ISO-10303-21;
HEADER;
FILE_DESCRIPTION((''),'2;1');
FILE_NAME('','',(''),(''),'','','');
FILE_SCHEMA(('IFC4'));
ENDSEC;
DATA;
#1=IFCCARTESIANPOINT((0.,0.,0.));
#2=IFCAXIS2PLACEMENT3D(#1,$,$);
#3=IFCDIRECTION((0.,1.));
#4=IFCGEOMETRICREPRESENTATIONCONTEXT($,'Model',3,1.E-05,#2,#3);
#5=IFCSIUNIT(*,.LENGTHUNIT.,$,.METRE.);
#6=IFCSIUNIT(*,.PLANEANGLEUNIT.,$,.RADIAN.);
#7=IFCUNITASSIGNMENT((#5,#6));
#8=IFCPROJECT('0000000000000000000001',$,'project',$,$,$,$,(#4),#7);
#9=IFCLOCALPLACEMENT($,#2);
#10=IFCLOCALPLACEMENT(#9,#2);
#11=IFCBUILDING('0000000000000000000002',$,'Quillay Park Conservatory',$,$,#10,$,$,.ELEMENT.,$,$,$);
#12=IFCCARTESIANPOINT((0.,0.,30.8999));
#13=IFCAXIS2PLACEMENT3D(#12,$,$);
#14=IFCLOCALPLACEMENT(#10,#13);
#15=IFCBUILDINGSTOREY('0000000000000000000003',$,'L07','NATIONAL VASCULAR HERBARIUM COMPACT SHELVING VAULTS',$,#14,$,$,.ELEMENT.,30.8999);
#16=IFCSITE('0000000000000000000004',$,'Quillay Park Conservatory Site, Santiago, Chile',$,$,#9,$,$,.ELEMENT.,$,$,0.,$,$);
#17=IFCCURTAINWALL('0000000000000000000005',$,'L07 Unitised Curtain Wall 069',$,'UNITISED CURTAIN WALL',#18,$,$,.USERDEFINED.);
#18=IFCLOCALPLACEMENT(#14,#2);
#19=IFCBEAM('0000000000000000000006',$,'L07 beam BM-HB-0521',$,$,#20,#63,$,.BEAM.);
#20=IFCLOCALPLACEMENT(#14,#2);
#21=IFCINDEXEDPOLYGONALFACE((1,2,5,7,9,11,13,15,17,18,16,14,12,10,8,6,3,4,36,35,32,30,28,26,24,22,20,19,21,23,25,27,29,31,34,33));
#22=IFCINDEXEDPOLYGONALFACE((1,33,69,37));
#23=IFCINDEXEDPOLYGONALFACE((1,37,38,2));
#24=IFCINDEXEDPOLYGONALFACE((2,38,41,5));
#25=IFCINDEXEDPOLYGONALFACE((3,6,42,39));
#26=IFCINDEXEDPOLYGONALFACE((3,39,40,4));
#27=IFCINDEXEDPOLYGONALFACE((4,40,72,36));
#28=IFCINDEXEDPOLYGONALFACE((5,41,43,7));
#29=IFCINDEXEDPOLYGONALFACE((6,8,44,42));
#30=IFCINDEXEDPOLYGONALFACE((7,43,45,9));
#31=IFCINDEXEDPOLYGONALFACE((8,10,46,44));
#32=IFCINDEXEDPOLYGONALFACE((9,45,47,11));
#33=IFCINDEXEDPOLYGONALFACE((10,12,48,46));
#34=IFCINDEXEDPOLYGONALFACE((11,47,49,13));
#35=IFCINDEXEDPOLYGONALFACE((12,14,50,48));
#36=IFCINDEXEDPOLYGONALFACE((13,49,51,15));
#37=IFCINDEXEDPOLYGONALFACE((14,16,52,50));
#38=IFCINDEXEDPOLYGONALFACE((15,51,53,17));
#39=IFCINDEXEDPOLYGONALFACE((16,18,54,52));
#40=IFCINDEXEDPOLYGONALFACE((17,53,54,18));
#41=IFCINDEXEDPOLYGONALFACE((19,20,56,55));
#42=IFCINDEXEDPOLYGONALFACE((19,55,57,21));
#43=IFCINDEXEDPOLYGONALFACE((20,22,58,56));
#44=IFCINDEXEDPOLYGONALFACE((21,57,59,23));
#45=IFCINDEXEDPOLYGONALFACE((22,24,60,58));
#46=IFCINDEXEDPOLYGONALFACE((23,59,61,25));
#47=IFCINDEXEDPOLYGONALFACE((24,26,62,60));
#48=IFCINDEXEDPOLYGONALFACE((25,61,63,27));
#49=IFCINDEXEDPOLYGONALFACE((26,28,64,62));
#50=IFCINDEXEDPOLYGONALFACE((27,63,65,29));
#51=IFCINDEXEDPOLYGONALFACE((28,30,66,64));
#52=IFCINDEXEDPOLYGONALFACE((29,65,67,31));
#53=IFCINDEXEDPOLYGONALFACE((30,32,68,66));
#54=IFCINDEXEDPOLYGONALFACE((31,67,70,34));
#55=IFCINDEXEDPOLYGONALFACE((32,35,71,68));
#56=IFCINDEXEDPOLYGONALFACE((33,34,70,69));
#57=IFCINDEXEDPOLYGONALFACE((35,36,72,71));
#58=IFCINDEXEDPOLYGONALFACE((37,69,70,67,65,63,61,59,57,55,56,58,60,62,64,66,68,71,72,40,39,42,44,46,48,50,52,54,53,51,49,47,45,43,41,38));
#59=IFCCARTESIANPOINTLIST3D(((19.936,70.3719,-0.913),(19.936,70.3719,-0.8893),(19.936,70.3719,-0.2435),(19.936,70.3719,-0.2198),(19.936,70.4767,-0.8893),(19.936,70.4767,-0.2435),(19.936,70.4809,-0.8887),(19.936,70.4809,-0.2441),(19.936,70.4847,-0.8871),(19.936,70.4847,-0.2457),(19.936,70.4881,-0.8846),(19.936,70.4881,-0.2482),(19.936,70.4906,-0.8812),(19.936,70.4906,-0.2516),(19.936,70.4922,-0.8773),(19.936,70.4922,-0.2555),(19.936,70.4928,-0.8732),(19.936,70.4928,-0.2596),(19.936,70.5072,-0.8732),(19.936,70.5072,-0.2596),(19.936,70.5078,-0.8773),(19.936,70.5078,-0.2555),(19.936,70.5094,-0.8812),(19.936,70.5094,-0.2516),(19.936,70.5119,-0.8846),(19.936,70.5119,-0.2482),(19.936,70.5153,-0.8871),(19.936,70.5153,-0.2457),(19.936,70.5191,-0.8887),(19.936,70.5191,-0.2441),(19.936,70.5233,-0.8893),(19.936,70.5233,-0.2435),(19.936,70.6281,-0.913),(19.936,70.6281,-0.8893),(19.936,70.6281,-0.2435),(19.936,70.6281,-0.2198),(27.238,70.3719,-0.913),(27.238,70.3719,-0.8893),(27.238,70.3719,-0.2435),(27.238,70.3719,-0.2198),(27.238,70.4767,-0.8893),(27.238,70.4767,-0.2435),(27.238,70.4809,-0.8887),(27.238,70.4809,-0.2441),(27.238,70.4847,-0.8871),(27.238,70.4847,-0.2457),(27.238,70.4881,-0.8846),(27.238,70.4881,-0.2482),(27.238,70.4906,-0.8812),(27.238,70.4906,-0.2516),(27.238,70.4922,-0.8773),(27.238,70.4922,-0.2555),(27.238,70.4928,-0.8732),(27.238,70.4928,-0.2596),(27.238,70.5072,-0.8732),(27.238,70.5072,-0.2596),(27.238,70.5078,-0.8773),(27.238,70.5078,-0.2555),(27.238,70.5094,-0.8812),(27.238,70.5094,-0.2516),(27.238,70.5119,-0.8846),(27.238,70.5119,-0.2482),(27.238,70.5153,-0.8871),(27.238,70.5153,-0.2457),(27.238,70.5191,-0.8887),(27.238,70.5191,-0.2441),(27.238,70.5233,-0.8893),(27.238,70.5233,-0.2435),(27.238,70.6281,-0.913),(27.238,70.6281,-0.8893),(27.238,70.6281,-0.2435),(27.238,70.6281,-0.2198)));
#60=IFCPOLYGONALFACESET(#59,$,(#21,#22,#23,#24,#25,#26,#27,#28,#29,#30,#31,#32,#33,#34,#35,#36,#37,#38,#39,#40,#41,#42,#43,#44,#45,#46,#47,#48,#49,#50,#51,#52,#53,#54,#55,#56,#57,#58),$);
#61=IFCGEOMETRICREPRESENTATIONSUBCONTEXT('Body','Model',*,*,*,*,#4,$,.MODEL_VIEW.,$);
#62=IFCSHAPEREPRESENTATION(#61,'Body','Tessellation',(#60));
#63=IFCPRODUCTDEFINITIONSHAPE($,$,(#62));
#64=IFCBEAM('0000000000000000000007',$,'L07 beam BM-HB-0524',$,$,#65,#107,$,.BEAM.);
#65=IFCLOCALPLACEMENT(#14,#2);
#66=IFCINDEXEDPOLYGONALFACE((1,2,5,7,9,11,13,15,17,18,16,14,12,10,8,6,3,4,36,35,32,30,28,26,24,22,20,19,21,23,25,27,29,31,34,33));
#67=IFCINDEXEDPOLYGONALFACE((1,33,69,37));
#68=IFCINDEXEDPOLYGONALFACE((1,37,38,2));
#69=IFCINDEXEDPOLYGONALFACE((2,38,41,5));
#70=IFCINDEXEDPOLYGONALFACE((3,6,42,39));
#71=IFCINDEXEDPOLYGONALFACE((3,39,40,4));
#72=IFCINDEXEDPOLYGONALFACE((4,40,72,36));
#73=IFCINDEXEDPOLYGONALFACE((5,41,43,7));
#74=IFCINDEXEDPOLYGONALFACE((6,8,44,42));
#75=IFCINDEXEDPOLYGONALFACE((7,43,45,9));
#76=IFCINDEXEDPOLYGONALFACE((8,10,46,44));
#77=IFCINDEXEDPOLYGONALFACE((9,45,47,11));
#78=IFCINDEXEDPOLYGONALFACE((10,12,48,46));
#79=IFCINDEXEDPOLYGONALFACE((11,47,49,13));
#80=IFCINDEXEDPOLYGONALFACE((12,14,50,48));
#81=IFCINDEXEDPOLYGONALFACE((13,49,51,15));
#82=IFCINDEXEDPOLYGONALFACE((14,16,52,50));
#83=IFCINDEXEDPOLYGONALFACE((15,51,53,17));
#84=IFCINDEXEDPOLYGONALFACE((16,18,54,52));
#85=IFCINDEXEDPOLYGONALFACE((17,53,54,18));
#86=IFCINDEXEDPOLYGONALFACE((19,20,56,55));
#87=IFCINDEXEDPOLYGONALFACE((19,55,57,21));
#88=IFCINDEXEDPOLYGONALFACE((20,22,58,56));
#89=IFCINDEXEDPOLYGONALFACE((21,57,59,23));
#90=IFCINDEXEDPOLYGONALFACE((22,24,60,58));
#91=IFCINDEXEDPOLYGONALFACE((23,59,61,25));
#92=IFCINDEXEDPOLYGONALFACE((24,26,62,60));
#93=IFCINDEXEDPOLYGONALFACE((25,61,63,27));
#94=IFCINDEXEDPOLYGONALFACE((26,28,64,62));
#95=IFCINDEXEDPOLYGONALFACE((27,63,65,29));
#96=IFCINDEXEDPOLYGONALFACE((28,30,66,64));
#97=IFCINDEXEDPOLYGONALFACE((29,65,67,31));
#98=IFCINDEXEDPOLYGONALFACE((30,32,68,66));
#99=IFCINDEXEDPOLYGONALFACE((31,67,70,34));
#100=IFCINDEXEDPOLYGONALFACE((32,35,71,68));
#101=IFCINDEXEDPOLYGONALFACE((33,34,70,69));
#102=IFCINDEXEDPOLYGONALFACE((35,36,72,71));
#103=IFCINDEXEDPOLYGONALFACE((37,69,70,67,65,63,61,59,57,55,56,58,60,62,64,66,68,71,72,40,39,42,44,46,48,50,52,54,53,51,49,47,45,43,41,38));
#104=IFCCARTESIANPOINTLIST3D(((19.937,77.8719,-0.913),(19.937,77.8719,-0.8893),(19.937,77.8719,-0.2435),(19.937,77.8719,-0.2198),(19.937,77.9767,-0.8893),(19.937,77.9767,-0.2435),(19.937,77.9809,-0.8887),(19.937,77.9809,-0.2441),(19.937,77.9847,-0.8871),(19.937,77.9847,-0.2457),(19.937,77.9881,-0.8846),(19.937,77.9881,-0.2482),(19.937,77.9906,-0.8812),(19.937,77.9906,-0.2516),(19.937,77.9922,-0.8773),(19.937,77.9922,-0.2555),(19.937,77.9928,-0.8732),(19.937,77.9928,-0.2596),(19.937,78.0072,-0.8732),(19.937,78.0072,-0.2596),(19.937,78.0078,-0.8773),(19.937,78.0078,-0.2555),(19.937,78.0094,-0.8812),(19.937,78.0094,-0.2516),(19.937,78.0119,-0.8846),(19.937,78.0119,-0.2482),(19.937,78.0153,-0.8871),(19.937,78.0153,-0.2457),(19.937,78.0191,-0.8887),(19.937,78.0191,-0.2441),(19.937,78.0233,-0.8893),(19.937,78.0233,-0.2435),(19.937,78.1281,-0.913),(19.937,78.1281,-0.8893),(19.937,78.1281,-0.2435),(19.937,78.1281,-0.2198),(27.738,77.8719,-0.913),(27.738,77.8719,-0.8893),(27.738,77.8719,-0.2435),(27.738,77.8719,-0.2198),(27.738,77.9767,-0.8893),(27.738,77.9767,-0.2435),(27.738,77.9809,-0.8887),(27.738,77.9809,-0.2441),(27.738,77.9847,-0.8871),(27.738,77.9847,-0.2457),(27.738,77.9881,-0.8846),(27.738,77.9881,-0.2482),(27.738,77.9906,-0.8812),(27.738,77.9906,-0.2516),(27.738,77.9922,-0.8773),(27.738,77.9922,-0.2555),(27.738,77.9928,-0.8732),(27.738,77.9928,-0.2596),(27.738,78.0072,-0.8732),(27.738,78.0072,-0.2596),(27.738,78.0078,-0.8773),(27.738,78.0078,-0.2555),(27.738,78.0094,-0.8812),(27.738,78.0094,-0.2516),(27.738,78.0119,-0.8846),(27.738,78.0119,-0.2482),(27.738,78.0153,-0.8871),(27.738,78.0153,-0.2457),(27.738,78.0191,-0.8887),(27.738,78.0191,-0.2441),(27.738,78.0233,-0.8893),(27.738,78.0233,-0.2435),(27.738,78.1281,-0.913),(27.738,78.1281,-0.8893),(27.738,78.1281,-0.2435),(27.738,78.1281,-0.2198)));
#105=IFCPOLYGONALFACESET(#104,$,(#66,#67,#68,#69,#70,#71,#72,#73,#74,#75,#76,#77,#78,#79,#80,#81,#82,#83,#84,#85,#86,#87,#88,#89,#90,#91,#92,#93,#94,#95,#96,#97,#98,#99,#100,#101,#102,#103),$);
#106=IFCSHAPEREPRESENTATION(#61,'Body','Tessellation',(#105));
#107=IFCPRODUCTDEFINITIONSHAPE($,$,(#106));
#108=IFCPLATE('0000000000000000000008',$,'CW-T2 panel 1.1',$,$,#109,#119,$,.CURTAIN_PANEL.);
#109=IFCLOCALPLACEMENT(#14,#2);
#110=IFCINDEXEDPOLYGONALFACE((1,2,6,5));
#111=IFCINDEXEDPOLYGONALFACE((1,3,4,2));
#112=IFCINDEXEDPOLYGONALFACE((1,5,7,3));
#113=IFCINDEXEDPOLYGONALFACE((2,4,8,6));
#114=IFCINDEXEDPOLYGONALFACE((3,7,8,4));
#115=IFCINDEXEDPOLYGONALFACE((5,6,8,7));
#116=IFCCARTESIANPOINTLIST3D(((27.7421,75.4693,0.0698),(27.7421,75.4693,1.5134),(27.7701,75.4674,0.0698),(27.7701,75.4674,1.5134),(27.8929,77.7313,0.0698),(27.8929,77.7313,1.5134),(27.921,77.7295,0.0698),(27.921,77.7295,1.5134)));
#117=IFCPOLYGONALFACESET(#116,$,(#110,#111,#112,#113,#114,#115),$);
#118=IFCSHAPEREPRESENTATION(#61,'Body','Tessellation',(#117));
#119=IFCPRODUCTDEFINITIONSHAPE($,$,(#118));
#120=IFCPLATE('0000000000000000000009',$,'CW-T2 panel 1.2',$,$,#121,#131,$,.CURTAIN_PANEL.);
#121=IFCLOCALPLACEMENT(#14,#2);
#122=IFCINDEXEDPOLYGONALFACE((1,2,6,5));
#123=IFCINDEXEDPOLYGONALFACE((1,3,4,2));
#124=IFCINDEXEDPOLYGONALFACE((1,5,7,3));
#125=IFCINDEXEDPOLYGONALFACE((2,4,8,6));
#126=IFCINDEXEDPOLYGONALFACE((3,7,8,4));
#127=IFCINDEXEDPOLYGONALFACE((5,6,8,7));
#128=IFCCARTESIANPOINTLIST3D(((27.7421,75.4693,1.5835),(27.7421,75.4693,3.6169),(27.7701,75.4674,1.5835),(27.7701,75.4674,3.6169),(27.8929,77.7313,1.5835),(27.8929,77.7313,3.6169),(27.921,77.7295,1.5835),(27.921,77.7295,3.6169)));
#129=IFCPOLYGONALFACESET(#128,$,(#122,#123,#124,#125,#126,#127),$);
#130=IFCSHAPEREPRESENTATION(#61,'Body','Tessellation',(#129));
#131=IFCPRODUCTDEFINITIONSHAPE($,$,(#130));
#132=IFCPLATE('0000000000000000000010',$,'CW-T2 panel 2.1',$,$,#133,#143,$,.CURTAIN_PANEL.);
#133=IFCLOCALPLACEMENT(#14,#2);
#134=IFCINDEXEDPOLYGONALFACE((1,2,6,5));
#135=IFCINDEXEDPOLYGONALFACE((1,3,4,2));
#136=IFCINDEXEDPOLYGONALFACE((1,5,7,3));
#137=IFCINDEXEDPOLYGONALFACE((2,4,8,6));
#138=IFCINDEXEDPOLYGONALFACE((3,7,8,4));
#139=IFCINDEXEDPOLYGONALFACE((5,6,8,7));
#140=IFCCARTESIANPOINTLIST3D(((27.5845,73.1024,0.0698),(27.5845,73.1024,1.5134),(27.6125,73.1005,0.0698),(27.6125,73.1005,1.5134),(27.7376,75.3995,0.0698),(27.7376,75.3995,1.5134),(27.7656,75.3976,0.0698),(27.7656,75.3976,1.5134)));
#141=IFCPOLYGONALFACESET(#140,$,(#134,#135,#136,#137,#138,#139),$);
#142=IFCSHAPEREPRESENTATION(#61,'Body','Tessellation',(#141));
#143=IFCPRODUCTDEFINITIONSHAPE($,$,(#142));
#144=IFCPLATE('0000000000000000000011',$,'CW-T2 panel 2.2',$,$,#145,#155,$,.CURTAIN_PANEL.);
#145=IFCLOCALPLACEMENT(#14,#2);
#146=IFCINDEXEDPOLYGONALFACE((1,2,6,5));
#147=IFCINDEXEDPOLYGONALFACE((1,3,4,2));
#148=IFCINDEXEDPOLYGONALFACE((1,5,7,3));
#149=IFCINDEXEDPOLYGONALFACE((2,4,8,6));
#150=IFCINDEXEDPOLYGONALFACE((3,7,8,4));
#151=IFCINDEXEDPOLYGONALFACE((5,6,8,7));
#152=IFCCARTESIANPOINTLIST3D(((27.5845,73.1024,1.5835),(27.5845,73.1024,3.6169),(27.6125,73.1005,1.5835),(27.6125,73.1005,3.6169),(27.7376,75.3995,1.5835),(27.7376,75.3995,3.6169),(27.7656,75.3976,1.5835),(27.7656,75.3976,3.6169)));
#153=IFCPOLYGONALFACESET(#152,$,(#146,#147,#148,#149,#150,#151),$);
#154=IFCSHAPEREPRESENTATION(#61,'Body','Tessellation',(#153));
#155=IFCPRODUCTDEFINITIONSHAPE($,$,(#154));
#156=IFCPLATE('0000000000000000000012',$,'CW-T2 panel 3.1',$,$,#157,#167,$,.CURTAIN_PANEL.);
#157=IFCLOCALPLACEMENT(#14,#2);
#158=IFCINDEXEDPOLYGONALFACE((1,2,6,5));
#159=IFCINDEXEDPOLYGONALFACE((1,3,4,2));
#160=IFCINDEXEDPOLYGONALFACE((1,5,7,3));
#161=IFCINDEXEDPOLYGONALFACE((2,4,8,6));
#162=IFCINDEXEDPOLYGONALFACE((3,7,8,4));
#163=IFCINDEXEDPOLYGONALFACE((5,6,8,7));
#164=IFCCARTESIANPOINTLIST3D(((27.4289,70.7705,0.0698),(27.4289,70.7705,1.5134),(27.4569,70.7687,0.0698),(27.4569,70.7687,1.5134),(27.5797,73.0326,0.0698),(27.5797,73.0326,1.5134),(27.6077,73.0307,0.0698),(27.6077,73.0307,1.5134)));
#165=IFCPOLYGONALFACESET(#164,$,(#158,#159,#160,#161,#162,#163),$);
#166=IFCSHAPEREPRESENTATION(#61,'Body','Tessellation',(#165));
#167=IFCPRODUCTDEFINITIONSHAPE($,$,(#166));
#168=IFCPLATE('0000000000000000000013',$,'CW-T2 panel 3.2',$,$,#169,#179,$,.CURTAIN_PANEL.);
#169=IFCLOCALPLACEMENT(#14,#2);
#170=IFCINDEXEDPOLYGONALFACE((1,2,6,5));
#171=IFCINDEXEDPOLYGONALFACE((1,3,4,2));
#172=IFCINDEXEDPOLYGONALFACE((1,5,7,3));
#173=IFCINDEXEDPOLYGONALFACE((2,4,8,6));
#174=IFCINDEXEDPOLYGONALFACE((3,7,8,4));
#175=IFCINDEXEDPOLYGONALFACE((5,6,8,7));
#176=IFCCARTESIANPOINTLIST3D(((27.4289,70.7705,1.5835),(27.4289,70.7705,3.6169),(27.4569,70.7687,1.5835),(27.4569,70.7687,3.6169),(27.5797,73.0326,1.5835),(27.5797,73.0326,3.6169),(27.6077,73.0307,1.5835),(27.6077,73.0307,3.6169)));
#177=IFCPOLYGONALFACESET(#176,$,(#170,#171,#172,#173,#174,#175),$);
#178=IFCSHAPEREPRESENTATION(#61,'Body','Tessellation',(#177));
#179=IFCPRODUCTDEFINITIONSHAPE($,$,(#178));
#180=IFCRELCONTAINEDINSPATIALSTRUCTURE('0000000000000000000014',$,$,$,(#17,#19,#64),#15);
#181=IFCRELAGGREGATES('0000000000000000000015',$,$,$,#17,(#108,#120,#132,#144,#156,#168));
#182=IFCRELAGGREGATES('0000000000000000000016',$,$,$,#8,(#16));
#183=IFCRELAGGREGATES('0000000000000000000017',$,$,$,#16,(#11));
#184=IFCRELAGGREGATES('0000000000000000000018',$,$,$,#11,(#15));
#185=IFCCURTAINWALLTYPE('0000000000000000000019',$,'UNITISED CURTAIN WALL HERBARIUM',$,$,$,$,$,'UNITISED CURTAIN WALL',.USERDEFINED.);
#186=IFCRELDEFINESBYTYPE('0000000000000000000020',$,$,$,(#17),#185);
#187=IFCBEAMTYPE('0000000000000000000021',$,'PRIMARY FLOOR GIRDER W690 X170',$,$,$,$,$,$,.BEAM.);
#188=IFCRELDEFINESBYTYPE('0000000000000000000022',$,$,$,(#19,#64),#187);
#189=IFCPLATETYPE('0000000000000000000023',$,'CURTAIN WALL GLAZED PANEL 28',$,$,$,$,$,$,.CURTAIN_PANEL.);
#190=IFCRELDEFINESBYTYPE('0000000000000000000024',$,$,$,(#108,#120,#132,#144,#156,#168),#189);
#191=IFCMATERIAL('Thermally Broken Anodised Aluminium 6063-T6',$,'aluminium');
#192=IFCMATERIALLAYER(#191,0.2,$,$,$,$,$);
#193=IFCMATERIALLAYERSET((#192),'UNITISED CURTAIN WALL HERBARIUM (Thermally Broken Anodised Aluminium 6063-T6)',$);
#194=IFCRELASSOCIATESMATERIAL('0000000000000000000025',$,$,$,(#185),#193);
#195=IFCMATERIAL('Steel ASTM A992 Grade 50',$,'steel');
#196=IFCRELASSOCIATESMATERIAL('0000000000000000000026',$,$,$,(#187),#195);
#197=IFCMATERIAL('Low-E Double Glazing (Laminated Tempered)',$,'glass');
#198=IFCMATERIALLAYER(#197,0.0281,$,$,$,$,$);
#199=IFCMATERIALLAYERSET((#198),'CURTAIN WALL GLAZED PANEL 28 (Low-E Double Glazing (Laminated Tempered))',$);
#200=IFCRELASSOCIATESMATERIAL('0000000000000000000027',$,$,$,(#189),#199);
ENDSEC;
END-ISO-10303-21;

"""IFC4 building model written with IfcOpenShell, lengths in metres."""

from ifc_helpers import new_model, si_unit, direction, frame, origin, origin_2d, place, context, subcontext, project, spatial, rectangle, i_section, extrude, material, layer, layer_set, material_profile, profile_set, type_object, element, aggregate, save


model = new_model("IFC4")

# Units and contexts
model_context = context("Model", 3, precision=1e-05, world=origin(), true_north=direction((0.0, 1.0)))
body_context = subcontext(model_context, "Body", "Model", "MODEL_VIEW")
ifc_project = project(units=[si_unit("LENGTHUNIT", "METRE"), si_unit("PLANEANGLEUNIT", "RADIAN")], contexts=[model_context])

# Site, building, storey
site_placement = place(None, origin())
site = spatial("IfcSite", under=ifc_project, at=site_placement, Name="Quillay Park Conservatory Site, Santiago, Chile", CompositionType="ELEMENT", RefElevation=0.0)
building_placement = place(site_placement, origin())
building = spatial("IfcBuilding", under=site, at=building_placement, Name="Quillay Park Conservatory", CompositionType="ELEMENT")
storey_placement = place(building_placement, frame((0.0, 0.0, 30.8999)))
storey = spatial("IfcBuildingStorey", under=building, at=storey_placement, Name="L07", Description="NATIONAL VASCULAR HERBARIUM COMPACT SHELVING VAULTS", CompositionType="ELEMENT", Elevation=30.8999)

# Curtain wall
ifc_material_1 = material(Name="Thermally Broken Anodised Aluminium 6063-T6", Category="aluminium")
ifc_layer_1 = layer(ifc_material_1, 0.2)
ifc_layer_set_1 = layer_set([ifc_layer_1], Name="UNITISED CURTAIN WALL HERBARIUM (Thermally Broken Anodised Aluminium 6063-T6)")
curtain_wall_type = type_object("IfcCurtainWallType", Name="UNITISED CURTAIN WALL HERBARIUM", ElementType="UNITISED CURTAIN WALL", PredefinedType="USERDEFINED", material=ifc_layer_set_1)
curtain_wall_placement = place(storey_placement, origin())
curtain_wall = element("IfcCurtainWall", 1, at=curtain_wall_placement, inside=storey, type_object=curtain_wall_type, Name="L07 Unitised Curtain Wall 069", ObjectType="UNITISED CURTAIN WALL", PredefinedType="USERDEFINED")

# Beams
ifc_material_2 = material(Name="Steel ASTM A992 Grade 50", Category="steel")
ifc_material_profile_1 = material_profile(ifc_material_2, i_section(OverallWidth=0.2561, OverallDepth=0.6931, WebThickness=0.0144, FlangeThickness=0.0237, FilletRadius=0.0161, at=origin_2d()), Name="W690x170")
ifc_profile_set_1 = profile_set([ifc_material_profile_1], Name="Steel ASTM A992 Grade 50")
beam_type_1 = type_object("IfcBeamType", Name="PRIMARY FLOOR GIRDER W690 X170", PredefinedType="BEAM", material=ifc_profile_set_1)
beam_1_placement = place(storey_placement, frame((19.936, 70.5, -0.5664), z_axis=(1.0, 0.0, 0.0), x_axis=(0.0, 1.0, 0.0)))
element("IfcBeam", 2, at=beam_1_placement, inside=storey, type_object=beam_type_1, Name="L07 beam BM-HB-0521", PredefinedType="BEAM", context=body_context, shape_type="SweptSolid", body=[
    extrude(i_section(OverallWidth=0.2561, OverallDepth=0.6931, WebThickness=0.0144, FlangeThickness=0.0237, FilletRadius=0.0161, at=origin_2d()), origin(), (0.0, 0.0, 1.0), 7.302),
])
beam_2_placement = place(storey_placement, frame((19.937, 78.0, -0.5664), z_axis=(1.0, 0.0, 0.0), x_axis=(0.0, 1.0, 0.0)))
element("IfcBeam", 3, at=beam_2_placement, inside=storey, type_object=beam_type_1, Name="L07 beam BM-HB-0524", PredefinedType="BEAM", context=body_context, shape_type="SweptSolid", body=[
    extrude(i_section(OverallWidth=0.2561, OverallDepth=0.6931, WebThickness=0.0144, FlangeThickness=0.0237, FilletRadius=0.0161, at=origin_2d()), origin(), (0.0, 0.0, 1.0), 7.801),
])

# Plates
ifc_material_3 = material(Name="Low-E Double Glazing (Laminated Tempered)", Category="glass")
ifc_layer_2 = layer(ifc_material_3, 0.0281)
ifc_layer_set_2 = layer_set([ifc_layer_2], Name="CURTAIN WALL GLAZED PANEL 28 (Low-E Double Glazing (Laminated Tempered))")
plate_type = type_object("IfcPlateType", Name="CURTAIN WALL GLAZED PANEL 28", PredefinedType="CURTAIN_PANEL", material=ifc_layer_set_2)
plate_1_placement = place(storey_placement, frame((27.8315, 76.5994, 0.0698), z_axis=(0.0, 0.0, 1.0), x_axis=(-0.066521, -0.997785, 0.0)))
plate_1 = element("IfcPlate", 4, at=plate_1_placement, type_object=plate_type, Name="CW-T2 panel 1.1", PredefinedType="CURTAIN_PANEL", context=body_context, shape_type="SweptSolid", body=[
    extrude(rectangle(XDim=2.2671, YDim=0.0281, at=origin_2d()), origin(), (0.0, 0.0, 1.0), 1.4436),
])
plate_2_placement = place(storey_placement, frame((27.8315, 76.5994, 1.5835), z_axis=(0.0, 0.0, 1.0), x_axis=(-0.066521, -0.997785, 0.0)))
plate_2 = element("IfcPlate", 5, at=plate_2_placement, type_object=plate_type, Name="CW-T2 panel 1.2", PredefinedType="CURTAIN_PANEL", context=body_context, shape_type="SweptSolid", body=[
    extrude(rectangle(XDim=2.2671, YDim=0.0281, at=origin_2d()), origin(), (0.0, 0.0, 1.0), 2.0334),
])
plate_3_placement = place(storey_placement, frame((27.675, 74.25, 0.0698), z_axis=(0.0, 0.0, 1.0), x_axis=(-0.066521, -0.997785, 0.0)))
plate_3 = element("IfcPlate", 6, at=plate_3_placement, type_object=plate_type, Name="CW-T2 panel 2.1", PredefinedType="CURTAIN_PANEL", context=body_context, shape_type="SweptSolid", body=[
    extrude(rectangle(XDim=2.3022, YDim=0.0281, at=origin_2d()), origin(), (0.0, 0.0, 1.0), 1.4436),
])
plate_4_placement = place(storey_placement, frame((27.675, 74.25, 1.5835), z_axis=(0.0, 0.0, 1.0), x_axis=(-0.066521, -0.997785, 0.0)))
plate_4 = element("IfcPlate", 7, at=plate_4_placement, type_object=plate_type, Name="CW-T2 panel 2.2", PredefinedType="CURTAIN_PANEL", context=body_context, shape_type="SweptSolid", body=[
    extrude(rectangle(XDim=2.3022, YDim=0.0281, at=origin_2d()), origin(), (0.0, 0.0, 1.0), 2.0334),
])
plate_5_placement = place(storey_placement, frame((27.5183, 71.9006, 0.0698), z_axis=(0.0, 0.0, 1.0), x_axis=(-0.066521, -0.997785, 0.0)))
plate_5 = element("IfcPlate", 8, at=plate_5_placement, type_object=plate_type, Name="CW-T2 panel 3.1", PredefinedType="CURTAIN_PANEL", context=body_context, shape_type="SweptSolid", body=[
    extrude(rectangle(XDim=2.2671, YDim=0.0281, at=origin_2d()), origin(), (0.0, 0.0, 1.0), 1.4436),
])
plate_6_placement = place(storey_placement, frame((27.5183, 71.9006, 1.5835), z_axis=(0.0, 0.0, 1.0), x_axis=(-0.066521, -0.997785, 0.0)))
plate_6 = element("IfcPlate", 9, at=plate_6_placement, type_object=plate_type, Name="CW-T2 panel 3.2", PredefinedType="CURTAIN_PANEL", context=body_context, shape_type="SweptSolid", body=[
    extrude(rectangle(XDim=2.2671, YDim=0.0281, at=origin_2d()), origin(), (0.0, 0.0, 1.0), 2.0334),
])
aggregate(curtain_wall, [plate_1, plate_2, plate_3, plate_4, plate_5, plate_6])

save(model, "model.ifc")
